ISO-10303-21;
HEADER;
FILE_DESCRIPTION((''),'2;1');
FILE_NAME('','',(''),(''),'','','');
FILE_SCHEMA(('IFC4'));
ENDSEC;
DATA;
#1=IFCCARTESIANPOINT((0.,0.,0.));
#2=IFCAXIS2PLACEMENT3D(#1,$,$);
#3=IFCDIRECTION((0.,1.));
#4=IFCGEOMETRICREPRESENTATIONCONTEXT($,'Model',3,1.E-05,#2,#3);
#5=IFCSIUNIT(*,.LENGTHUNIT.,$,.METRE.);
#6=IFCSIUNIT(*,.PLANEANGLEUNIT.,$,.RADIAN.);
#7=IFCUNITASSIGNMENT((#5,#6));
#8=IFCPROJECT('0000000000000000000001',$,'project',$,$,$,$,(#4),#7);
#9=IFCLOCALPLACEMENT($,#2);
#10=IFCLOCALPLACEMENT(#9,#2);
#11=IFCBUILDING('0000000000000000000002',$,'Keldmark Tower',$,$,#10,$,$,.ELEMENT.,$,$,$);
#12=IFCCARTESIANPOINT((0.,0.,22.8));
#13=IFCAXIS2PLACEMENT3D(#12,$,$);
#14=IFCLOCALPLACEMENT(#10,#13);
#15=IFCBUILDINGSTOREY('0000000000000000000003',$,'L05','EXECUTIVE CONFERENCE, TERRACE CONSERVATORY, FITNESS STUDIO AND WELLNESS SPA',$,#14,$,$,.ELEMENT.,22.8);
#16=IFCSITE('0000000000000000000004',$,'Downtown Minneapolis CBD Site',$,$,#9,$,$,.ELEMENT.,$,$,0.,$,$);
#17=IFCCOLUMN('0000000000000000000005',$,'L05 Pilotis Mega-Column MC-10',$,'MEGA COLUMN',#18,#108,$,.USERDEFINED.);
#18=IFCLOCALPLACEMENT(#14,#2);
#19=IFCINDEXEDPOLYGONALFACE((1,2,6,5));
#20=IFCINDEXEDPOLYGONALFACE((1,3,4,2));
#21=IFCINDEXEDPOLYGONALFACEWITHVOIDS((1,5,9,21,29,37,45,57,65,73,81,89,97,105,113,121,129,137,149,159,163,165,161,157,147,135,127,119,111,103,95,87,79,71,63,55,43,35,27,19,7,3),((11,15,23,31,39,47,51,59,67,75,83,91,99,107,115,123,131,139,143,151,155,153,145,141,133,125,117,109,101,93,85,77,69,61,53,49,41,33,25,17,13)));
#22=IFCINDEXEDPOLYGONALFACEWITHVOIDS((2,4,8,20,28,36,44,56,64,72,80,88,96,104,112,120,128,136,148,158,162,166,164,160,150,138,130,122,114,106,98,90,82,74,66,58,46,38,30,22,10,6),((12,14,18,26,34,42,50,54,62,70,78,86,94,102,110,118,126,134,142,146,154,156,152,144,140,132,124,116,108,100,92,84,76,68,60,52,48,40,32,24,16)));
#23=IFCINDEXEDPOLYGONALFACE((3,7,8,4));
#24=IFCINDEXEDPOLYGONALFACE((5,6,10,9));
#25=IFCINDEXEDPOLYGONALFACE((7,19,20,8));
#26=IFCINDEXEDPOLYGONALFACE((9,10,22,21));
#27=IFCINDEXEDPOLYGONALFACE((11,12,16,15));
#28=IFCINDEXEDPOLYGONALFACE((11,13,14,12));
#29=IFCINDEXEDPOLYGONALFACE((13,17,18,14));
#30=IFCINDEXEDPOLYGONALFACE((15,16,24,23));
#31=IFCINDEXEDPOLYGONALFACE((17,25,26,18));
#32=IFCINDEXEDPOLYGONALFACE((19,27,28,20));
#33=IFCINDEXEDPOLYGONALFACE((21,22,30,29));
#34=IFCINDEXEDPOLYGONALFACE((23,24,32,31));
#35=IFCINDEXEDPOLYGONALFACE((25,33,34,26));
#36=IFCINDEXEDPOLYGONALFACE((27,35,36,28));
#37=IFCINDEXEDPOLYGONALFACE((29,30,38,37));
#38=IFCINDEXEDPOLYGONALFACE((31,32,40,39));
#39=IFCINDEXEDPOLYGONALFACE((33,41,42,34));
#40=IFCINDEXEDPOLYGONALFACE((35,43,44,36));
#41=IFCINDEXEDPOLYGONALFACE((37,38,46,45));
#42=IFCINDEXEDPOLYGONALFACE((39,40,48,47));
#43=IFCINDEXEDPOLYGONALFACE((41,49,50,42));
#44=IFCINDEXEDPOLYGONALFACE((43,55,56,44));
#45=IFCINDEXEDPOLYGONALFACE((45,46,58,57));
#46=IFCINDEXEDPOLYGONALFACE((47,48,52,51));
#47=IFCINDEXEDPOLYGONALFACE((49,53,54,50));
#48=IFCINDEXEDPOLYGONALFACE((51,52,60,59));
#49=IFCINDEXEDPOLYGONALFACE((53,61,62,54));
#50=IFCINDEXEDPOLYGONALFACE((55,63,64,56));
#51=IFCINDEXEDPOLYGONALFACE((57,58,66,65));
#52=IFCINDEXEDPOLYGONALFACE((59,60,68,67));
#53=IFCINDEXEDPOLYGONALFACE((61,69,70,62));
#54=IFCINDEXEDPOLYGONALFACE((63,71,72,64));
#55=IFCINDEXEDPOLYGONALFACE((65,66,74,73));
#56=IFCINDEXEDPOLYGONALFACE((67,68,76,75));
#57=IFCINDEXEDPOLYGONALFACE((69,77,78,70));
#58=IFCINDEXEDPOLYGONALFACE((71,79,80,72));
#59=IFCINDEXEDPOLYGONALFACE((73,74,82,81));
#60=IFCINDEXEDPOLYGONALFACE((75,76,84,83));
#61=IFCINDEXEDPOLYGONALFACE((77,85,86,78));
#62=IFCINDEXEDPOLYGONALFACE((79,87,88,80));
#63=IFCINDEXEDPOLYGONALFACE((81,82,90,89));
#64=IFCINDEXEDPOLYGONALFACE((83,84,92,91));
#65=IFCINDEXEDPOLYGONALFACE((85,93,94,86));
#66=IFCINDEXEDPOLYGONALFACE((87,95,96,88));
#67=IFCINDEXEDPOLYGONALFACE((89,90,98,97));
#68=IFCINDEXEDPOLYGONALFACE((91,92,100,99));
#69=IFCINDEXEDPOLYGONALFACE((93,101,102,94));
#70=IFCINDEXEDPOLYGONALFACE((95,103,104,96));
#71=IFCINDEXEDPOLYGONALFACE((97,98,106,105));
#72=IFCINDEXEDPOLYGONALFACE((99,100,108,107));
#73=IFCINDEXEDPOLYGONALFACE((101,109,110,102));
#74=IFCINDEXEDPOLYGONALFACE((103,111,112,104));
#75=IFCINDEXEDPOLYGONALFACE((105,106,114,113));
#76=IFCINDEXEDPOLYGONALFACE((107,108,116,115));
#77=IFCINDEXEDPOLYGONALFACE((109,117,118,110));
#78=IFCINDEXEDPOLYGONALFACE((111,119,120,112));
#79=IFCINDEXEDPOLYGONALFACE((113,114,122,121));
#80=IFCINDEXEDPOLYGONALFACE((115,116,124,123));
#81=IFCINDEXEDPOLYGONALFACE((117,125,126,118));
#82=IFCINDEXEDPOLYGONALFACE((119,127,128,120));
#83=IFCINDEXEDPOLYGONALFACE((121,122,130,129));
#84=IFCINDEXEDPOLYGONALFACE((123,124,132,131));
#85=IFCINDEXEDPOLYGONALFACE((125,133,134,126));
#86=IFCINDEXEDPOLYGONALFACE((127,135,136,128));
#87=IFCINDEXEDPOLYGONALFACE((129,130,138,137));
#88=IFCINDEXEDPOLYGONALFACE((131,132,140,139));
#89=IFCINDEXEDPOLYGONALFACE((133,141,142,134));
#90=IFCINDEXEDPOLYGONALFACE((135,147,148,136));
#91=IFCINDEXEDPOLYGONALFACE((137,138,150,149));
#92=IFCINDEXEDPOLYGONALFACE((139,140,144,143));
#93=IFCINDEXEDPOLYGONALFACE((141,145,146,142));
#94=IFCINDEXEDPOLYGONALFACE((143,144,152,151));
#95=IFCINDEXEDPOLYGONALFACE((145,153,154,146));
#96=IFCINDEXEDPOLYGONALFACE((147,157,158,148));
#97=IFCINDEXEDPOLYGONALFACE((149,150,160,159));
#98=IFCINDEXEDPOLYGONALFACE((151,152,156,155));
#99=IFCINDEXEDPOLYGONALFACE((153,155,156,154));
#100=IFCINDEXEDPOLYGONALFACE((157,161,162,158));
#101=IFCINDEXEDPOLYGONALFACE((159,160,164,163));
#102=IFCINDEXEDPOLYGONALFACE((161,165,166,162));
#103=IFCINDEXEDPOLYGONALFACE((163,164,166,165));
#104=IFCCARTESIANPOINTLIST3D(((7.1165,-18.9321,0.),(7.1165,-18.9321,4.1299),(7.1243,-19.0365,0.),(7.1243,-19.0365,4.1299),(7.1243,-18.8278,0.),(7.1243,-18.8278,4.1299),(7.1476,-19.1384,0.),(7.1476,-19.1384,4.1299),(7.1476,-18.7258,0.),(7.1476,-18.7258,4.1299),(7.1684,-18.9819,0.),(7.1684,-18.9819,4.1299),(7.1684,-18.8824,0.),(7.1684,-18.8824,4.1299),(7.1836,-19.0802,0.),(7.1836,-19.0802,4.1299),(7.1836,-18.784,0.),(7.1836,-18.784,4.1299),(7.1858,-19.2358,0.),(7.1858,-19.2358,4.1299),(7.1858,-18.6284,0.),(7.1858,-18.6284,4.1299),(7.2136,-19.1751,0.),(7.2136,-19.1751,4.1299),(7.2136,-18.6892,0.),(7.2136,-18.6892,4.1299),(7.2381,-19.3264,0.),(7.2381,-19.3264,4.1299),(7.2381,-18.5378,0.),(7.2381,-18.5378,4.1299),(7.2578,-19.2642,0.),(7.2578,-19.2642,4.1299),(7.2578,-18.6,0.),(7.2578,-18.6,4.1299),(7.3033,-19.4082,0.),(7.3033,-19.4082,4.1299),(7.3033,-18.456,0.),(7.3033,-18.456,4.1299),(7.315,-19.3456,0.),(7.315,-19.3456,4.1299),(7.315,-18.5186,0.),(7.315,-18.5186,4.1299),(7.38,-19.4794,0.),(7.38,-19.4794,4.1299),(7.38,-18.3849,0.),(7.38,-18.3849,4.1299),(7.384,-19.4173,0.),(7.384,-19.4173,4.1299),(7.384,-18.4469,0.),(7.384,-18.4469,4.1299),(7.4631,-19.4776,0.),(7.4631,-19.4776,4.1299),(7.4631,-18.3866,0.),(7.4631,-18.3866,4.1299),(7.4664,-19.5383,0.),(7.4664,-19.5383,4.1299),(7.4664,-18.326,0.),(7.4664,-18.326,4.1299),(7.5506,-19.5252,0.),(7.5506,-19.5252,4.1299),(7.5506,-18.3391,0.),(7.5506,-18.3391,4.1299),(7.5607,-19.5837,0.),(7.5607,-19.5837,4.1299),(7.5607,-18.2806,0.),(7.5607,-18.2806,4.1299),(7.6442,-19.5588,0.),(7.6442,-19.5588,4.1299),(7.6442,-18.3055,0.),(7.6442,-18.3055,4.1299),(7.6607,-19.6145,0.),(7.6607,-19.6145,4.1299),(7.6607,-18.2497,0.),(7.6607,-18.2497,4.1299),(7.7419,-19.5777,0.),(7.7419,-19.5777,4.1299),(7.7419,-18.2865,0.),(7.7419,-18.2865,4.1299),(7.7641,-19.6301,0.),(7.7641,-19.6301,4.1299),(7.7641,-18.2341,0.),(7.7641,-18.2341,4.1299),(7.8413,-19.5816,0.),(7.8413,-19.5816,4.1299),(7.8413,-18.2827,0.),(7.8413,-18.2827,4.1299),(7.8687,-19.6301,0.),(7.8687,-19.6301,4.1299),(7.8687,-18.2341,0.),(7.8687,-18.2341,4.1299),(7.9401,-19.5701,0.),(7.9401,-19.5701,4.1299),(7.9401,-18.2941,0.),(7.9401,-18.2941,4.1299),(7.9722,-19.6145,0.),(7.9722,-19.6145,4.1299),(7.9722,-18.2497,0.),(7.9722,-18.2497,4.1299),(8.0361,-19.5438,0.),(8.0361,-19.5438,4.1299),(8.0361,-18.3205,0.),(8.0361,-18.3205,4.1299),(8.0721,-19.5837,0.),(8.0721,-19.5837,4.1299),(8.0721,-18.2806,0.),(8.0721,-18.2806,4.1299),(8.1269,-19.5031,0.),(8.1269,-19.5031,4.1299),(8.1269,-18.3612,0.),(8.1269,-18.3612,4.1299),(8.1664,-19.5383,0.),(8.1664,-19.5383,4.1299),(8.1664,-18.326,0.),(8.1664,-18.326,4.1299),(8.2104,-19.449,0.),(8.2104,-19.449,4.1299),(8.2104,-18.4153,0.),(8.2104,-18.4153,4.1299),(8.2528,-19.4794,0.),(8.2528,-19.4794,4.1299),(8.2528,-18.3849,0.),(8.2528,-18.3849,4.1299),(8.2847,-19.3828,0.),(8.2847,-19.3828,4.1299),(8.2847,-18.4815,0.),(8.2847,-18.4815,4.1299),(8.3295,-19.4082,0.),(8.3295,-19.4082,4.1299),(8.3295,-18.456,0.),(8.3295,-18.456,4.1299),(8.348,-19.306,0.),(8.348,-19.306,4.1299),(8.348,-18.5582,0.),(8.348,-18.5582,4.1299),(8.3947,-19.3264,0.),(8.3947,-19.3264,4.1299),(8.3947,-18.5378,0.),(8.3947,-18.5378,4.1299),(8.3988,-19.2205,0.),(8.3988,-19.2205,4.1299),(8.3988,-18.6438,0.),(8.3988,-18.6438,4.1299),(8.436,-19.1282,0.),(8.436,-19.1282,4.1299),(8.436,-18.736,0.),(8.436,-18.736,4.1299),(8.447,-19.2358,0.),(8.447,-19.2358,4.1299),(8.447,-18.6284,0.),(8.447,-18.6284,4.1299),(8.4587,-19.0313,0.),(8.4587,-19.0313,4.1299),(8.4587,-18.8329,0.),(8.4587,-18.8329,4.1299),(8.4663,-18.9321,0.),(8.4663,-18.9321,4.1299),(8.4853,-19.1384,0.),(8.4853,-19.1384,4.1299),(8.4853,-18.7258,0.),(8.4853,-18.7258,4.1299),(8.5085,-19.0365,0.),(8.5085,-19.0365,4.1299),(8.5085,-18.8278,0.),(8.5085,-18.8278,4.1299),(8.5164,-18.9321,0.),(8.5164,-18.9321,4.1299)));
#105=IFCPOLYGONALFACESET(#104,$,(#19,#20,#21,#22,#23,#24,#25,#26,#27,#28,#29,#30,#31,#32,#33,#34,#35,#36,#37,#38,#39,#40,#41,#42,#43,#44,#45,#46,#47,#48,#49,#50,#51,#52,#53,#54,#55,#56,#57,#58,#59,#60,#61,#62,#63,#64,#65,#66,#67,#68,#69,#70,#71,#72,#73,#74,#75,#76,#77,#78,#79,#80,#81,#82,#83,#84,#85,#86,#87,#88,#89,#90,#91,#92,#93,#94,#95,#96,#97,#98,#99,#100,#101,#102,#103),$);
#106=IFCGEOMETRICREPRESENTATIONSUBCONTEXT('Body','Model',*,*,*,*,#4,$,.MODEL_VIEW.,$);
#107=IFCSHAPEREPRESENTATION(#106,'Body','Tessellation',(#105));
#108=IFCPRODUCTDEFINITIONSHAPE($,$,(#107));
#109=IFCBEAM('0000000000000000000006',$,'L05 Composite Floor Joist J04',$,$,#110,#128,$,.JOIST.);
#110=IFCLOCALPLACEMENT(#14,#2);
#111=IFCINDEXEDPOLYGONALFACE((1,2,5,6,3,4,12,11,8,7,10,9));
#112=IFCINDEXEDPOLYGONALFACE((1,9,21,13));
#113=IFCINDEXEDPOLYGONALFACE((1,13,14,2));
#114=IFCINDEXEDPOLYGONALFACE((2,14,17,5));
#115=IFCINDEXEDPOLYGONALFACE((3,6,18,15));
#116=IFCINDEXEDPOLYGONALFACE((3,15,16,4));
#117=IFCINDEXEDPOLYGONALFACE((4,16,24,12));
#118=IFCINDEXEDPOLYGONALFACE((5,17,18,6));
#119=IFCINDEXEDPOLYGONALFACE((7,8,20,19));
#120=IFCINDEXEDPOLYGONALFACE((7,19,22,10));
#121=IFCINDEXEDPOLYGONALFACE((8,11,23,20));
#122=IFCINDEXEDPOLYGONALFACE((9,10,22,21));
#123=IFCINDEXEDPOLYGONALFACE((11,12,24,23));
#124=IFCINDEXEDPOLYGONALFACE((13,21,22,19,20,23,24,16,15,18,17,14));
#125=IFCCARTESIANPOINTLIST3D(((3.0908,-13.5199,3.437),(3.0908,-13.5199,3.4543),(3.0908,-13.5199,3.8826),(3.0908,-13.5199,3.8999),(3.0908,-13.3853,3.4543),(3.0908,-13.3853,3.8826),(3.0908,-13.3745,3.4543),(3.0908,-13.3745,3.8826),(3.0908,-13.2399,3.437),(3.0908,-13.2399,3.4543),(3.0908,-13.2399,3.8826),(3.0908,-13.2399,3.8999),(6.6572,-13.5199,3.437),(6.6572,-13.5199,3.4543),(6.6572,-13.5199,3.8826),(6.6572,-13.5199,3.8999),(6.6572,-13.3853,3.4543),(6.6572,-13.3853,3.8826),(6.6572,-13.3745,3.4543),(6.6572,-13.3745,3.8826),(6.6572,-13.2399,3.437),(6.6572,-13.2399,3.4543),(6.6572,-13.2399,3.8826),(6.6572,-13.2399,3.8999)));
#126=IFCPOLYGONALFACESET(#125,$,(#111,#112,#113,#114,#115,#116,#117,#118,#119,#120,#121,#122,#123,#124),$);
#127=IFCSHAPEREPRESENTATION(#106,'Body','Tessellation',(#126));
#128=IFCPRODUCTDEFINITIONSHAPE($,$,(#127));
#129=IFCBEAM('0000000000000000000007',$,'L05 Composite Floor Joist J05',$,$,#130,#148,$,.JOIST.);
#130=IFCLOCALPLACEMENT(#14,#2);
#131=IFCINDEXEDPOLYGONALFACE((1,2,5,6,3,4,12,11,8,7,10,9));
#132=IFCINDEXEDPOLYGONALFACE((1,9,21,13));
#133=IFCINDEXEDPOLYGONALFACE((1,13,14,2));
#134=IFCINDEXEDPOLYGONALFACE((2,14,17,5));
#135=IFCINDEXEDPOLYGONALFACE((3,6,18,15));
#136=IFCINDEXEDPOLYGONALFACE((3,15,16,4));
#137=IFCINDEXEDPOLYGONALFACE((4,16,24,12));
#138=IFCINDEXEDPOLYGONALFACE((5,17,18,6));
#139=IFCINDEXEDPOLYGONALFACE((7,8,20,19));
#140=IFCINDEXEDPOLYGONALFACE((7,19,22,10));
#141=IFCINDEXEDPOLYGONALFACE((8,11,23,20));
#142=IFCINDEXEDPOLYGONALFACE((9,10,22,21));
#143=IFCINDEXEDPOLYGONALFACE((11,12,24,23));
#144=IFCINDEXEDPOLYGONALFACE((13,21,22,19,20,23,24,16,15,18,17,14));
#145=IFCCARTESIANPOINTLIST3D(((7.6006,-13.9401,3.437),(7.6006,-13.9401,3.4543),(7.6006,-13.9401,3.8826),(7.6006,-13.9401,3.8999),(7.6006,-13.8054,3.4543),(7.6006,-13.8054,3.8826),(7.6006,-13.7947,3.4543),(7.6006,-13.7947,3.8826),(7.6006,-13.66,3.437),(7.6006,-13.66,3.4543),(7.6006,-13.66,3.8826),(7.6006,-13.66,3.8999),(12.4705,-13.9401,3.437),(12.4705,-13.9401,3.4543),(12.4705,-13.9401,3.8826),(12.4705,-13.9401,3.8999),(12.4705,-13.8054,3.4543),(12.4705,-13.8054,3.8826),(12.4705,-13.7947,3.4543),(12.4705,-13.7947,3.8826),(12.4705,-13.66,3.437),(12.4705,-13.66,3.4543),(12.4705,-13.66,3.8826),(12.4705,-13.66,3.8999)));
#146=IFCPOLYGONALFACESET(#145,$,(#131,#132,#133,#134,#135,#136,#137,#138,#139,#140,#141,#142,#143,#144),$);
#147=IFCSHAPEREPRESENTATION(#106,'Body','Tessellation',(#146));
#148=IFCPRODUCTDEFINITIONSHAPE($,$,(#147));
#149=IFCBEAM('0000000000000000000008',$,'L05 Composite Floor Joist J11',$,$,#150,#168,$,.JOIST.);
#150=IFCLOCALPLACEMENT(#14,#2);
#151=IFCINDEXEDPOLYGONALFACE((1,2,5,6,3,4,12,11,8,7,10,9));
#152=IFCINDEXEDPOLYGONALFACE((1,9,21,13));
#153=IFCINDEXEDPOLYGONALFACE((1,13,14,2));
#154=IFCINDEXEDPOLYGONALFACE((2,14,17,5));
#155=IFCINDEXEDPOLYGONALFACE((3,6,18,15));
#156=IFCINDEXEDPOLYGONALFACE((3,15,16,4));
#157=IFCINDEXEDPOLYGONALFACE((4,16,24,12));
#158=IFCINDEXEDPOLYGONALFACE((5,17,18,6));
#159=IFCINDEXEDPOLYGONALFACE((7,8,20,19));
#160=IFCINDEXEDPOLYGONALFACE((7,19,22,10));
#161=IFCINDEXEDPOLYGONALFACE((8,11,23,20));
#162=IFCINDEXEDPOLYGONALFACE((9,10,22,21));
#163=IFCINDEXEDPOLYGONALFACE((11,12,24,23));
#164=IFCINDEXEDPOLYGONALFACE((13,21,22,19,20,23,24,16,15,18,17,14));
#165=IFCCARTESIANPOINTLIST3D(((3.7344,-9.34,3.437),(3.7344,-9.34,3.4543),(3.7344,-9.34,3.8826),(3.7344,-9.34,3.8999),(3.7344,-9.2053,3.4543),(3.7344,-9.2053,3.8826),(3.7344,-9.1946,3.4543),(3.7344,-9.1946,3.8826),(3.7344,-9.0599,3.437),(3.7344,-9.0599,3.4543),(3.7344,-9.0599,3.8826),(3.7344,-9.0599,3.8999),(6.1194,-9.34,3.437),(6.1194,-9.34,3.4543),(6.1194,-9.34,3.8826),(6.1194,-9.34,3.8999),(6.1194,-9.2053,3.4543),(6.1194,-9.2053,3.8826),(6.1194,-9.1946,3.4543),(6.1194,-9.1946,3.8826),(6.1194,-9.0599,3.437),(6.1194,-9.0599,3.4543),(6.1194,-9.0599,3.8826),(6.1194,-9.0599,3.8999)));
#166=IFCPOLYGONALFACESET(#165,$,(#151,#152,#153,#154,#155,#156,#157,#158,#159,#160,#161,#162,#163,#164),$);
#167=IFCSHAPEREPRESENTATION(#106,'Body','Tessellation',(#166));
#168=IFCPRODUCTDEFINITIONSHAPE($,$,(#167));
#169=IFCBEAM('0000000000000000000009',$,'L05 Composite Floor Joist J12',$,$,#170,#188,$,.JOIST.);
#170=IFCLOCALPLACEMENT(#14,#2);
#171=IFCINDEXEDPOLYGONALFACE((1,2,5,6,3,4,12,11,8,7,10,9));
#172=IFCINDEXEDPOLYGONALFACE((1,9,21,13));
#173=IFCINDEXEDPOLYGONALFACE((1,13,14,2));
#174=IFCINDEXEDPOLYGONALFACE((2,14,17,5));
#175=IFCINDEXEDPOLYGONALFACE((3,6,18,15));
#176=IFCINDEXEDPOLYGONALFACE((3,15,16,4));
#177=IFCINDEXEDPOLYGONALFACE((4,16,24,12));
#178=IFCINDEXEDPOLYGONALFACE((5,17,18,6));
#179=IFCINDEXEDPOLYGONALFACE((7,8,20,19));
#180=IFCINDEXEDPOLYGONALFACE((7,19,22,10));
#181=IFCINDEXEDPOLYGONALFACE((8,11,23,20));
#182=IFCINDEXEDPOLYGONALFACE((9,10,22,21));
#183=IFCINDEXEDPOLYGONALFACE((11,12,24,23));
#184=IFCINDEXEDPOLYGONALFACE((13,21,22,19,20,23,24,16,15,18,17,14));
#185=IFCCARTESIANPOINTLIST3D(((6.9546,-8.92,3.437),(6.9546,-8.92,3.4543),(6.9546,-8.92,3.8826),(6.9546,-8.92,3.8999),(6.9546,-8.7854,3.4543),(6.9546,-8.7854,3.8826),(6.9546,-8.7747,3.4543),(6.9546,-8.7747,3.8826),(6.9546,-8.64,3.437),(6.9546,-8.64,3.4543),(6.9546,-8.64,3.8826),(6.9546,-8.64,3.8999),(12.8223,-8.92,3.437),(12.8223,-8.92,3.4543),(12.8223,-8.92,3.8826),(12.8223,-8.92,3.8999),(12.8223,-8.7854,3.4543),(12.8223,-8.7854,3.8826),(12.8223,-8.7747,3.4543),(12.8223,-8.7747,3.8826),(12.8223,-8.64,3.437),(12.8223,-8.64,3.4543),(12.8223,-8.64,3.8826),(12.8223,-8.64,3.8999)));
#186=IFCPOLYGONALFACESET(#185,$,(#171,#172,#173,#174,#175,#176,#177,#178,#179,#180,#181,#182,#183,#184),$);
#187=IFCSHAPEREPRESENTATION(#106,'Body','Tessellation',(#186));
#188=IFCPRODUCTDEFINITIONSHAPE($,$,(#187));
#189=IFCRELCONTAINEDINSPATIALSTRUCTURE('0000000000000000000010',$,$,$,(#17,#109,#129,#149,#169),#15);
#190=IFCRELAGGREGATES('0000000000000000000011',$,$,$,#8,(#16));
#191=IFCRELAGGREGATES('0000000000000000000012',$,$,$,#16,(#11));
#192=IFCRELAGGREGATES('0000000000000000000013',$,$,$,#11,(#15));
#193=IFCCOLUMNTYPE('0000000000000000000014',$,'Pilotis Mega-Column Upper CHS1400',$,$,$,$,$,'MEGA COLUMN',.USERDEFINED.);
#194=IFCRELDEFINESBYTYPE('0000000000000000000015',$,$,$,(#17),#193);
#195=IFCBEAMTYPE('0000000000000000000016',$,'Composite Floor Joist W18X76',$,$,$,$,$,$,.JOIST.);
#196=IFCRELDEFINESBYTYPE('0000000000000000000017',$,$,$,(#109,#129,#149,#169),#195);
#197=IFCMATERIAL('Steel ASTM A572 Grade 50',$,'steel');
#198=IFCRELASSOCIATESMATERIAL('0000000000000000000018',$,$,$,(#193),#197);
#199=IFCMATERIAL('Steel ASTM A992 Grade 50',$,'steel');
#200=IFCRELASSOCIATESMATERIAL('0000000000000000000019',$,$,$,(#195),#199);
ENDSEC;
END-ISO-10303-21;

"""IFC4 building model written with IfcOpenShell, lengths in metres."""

from ifc_helpers import new_model, si_unit, direction, frame, origin, origin_2d, place, context, subcontext, project, spatial, hollow_circle, i_section, extrude, material, material_profile, profile_set, type_object, element, save


model = new_model("IFC4")

# Units and contexts
model_context = context("Model", 3, precision=1e-05, world=origin(), true_north=direction((0.0, 1.0)))
body_context = subcontext(model_context, "Body", "Model", "MODEL_VIEW")
ifc_project = project(units=[si_unit("LENGTHUNIT", "METRE"), si_unit("PLANEANGLEUNIT", "RADIAN")], contexts=[model_context])

# Site, building, storey
site_placement = place(None, origin())
site = spatial("IfcSite", under=ifc_project, at=site_placement, Name="Downtown Minneapolis CBD Site", CompositionType="ELEMENT", RefElevation=0.0)
building_placement = place(site_placement, origin())
building = spatial("IfcBuilding", under=site, at=building_placement, Name="Keldmark Tower", CompositionType="ELEMENT")
storey_placement = place(building_placement, frame((0.0, 0.0, 22.8)))
storey = spatial("IfcBuildingStorey", under=building, at=storey_placement, Name="L05", Description="EXECUTIVE CONFERENCE, TERRACE CONSERVATORY, FITNESS STUDIO AND WELLNESS SPA", CompositionType="ELEMENT", Elevation=22.8)

# Column
ifc_material_1 = material(Name="Steel ASTM A572 Grade 50", Category="steel")
ifc_material_profile_1 = material_profile(ifc_material_1, hollow_circle(Radius=0.7, WallThickness=0.05, at=origin_2d()), Name="CHS1400X50")
ifc_profile_set_1 = profile_set([ifc_material_profile_1], Name="Steel ASTM A572 Grade 50")
column_type = type_object("IfcColumnType", Name="Pilotis Mega-Column Upper CHS1400", ElementType="MEGA COLUMN", PredefinedType="USERDEFINED", material=ifc_profile_set_1)
column_placement = place(storey_placement, frame((7.8164, -18.9321, 0.0), z_axis=(0.0, 0.0, 1.0), x_axis=(1.0, 0.0, 0.0)))
element("IfcColumn", 1, at=column_placement, inside=storey, type_object=column_type, Name="L05 Pilotis Mega-Column MC-10", ObjectType="MEGA COLUMN", PredefinedType="USERDEFINED", context=body_context, shape_type="SweptSolid", body=[
    extrude(hollow_circle(Radius=0.7, WallThickness=0.05, at=origin_2d()), origin(), (0.0, 0.0, 1.0), 4.1299),
])

# Beams
ifc_material_2 = material(Name="Steel ASTM A992 Grade 50", Category="steel")
ifc_material_profile_2 = material_profile(ifc_material_2, i_section(OverallWidth=0.28, OverallDepth=0.4629, WebThickness=0.0107, FlangeThickness=0.0173, at=origin_2d()), Name="W18X76")
ifc_profile_set_2 = profile_set([ifc_material_profile_2], Name="Steel ASTM A992 Grade 50")
beam_type_1 = type_object("IfcBeamType", Name="Composite Floor Joist W18X76", PredefinedType="JOIST", material=ifc_profile_set_2)
beam_1_placement = place(storey_placement, frame((3.0908, -13.3799, 3.6685), z_axis=(1.0, 0.0, 0.0), x_axis=(0.0, 1.0, 0.0)))
element("IfcBeam", 2, at=beam_1_placement, inside=storey, type_object=beam_type_1, Name="L05 Composite Floor Joist J04", PredefinedType="JOIST", context=body_context, shape_type="SweptSolid", body=[
    extrude(i_section(OverallWidth=0.28, OverallDepth=0.4629, WebThickness=0.0107, FlangeThickness=0.0173, at=origin_2d()), origin(), (0.0, 0.0, 1.0), 3.5664),
])
beam_2_placement = place(storey_placement, frame((7.6006, -13.8, 3.6685), z_axis=(1.0, 0.0, 0.0), x_axis=(0.0, 1.0, 0.0)))
element("IfcBeam", 3, at=beam_2_placement, inside=storey, type_object=beam_type_1, Name="L05 Composite Floor Joist J05", PredefinedType="JOIST", context=body_context, shape_type="SweptSolid", body=[
    extrude(i_section(OverallWidth=0.28, OverallDepth=0.4629, WebThickness=0.0107, FlangeThickness=0.0173, at=origin_2d()), origin(), (0.0, 0.0, 1.0), 4.8699),
])
beam_3_placement = place(storey_placement, frame((3.7344, -9.2, 3.6685), z_axis=(1.0, 0.0, 0.0), x_axis=(0.0, 1.0, 0.0)))
element("IfcBeam", 4, at=beam_3_placement, inside=storey, type_object=beam_type_1, Name="L05 Composite Floor Joist J11", PredefinedType="JOIST", context=body_context, shape_type="SweptSolid", body=[
    extrude(i_section(OverallWidth=0.28, OverallDepth=0.4629, WebThickness=0.0107, FlangeThickness=0.0173, at=origin_2d()), origin(), (0.0, 0.0, 1.0), 2.385),
])
beam_4_placement = place(storey_placement, frame((6.9546, -8.78, 3.6685), z_axis=(1.0, 0.0, 0.0), x_axis=(0.0, 1.0, 0.0)))
element("IfcBeam", 5, at=beam_4_placement, inside=storey, type_object=beam_type_1, Name="L05 Composite Floor Joist J12", PredefinedType="JOIST", context=body_context, shape_type="SweptSolid", body=[
    extrude(i_section(OverallWidth=0.28, OverallDepth=0.4629, WebThickness=0.0107, FlangeThickness=0.0173, at=origin_2d()), origin(), (0.0, 0.0, 1.0), 5.8677),
])

save(model, "model.ifc")
